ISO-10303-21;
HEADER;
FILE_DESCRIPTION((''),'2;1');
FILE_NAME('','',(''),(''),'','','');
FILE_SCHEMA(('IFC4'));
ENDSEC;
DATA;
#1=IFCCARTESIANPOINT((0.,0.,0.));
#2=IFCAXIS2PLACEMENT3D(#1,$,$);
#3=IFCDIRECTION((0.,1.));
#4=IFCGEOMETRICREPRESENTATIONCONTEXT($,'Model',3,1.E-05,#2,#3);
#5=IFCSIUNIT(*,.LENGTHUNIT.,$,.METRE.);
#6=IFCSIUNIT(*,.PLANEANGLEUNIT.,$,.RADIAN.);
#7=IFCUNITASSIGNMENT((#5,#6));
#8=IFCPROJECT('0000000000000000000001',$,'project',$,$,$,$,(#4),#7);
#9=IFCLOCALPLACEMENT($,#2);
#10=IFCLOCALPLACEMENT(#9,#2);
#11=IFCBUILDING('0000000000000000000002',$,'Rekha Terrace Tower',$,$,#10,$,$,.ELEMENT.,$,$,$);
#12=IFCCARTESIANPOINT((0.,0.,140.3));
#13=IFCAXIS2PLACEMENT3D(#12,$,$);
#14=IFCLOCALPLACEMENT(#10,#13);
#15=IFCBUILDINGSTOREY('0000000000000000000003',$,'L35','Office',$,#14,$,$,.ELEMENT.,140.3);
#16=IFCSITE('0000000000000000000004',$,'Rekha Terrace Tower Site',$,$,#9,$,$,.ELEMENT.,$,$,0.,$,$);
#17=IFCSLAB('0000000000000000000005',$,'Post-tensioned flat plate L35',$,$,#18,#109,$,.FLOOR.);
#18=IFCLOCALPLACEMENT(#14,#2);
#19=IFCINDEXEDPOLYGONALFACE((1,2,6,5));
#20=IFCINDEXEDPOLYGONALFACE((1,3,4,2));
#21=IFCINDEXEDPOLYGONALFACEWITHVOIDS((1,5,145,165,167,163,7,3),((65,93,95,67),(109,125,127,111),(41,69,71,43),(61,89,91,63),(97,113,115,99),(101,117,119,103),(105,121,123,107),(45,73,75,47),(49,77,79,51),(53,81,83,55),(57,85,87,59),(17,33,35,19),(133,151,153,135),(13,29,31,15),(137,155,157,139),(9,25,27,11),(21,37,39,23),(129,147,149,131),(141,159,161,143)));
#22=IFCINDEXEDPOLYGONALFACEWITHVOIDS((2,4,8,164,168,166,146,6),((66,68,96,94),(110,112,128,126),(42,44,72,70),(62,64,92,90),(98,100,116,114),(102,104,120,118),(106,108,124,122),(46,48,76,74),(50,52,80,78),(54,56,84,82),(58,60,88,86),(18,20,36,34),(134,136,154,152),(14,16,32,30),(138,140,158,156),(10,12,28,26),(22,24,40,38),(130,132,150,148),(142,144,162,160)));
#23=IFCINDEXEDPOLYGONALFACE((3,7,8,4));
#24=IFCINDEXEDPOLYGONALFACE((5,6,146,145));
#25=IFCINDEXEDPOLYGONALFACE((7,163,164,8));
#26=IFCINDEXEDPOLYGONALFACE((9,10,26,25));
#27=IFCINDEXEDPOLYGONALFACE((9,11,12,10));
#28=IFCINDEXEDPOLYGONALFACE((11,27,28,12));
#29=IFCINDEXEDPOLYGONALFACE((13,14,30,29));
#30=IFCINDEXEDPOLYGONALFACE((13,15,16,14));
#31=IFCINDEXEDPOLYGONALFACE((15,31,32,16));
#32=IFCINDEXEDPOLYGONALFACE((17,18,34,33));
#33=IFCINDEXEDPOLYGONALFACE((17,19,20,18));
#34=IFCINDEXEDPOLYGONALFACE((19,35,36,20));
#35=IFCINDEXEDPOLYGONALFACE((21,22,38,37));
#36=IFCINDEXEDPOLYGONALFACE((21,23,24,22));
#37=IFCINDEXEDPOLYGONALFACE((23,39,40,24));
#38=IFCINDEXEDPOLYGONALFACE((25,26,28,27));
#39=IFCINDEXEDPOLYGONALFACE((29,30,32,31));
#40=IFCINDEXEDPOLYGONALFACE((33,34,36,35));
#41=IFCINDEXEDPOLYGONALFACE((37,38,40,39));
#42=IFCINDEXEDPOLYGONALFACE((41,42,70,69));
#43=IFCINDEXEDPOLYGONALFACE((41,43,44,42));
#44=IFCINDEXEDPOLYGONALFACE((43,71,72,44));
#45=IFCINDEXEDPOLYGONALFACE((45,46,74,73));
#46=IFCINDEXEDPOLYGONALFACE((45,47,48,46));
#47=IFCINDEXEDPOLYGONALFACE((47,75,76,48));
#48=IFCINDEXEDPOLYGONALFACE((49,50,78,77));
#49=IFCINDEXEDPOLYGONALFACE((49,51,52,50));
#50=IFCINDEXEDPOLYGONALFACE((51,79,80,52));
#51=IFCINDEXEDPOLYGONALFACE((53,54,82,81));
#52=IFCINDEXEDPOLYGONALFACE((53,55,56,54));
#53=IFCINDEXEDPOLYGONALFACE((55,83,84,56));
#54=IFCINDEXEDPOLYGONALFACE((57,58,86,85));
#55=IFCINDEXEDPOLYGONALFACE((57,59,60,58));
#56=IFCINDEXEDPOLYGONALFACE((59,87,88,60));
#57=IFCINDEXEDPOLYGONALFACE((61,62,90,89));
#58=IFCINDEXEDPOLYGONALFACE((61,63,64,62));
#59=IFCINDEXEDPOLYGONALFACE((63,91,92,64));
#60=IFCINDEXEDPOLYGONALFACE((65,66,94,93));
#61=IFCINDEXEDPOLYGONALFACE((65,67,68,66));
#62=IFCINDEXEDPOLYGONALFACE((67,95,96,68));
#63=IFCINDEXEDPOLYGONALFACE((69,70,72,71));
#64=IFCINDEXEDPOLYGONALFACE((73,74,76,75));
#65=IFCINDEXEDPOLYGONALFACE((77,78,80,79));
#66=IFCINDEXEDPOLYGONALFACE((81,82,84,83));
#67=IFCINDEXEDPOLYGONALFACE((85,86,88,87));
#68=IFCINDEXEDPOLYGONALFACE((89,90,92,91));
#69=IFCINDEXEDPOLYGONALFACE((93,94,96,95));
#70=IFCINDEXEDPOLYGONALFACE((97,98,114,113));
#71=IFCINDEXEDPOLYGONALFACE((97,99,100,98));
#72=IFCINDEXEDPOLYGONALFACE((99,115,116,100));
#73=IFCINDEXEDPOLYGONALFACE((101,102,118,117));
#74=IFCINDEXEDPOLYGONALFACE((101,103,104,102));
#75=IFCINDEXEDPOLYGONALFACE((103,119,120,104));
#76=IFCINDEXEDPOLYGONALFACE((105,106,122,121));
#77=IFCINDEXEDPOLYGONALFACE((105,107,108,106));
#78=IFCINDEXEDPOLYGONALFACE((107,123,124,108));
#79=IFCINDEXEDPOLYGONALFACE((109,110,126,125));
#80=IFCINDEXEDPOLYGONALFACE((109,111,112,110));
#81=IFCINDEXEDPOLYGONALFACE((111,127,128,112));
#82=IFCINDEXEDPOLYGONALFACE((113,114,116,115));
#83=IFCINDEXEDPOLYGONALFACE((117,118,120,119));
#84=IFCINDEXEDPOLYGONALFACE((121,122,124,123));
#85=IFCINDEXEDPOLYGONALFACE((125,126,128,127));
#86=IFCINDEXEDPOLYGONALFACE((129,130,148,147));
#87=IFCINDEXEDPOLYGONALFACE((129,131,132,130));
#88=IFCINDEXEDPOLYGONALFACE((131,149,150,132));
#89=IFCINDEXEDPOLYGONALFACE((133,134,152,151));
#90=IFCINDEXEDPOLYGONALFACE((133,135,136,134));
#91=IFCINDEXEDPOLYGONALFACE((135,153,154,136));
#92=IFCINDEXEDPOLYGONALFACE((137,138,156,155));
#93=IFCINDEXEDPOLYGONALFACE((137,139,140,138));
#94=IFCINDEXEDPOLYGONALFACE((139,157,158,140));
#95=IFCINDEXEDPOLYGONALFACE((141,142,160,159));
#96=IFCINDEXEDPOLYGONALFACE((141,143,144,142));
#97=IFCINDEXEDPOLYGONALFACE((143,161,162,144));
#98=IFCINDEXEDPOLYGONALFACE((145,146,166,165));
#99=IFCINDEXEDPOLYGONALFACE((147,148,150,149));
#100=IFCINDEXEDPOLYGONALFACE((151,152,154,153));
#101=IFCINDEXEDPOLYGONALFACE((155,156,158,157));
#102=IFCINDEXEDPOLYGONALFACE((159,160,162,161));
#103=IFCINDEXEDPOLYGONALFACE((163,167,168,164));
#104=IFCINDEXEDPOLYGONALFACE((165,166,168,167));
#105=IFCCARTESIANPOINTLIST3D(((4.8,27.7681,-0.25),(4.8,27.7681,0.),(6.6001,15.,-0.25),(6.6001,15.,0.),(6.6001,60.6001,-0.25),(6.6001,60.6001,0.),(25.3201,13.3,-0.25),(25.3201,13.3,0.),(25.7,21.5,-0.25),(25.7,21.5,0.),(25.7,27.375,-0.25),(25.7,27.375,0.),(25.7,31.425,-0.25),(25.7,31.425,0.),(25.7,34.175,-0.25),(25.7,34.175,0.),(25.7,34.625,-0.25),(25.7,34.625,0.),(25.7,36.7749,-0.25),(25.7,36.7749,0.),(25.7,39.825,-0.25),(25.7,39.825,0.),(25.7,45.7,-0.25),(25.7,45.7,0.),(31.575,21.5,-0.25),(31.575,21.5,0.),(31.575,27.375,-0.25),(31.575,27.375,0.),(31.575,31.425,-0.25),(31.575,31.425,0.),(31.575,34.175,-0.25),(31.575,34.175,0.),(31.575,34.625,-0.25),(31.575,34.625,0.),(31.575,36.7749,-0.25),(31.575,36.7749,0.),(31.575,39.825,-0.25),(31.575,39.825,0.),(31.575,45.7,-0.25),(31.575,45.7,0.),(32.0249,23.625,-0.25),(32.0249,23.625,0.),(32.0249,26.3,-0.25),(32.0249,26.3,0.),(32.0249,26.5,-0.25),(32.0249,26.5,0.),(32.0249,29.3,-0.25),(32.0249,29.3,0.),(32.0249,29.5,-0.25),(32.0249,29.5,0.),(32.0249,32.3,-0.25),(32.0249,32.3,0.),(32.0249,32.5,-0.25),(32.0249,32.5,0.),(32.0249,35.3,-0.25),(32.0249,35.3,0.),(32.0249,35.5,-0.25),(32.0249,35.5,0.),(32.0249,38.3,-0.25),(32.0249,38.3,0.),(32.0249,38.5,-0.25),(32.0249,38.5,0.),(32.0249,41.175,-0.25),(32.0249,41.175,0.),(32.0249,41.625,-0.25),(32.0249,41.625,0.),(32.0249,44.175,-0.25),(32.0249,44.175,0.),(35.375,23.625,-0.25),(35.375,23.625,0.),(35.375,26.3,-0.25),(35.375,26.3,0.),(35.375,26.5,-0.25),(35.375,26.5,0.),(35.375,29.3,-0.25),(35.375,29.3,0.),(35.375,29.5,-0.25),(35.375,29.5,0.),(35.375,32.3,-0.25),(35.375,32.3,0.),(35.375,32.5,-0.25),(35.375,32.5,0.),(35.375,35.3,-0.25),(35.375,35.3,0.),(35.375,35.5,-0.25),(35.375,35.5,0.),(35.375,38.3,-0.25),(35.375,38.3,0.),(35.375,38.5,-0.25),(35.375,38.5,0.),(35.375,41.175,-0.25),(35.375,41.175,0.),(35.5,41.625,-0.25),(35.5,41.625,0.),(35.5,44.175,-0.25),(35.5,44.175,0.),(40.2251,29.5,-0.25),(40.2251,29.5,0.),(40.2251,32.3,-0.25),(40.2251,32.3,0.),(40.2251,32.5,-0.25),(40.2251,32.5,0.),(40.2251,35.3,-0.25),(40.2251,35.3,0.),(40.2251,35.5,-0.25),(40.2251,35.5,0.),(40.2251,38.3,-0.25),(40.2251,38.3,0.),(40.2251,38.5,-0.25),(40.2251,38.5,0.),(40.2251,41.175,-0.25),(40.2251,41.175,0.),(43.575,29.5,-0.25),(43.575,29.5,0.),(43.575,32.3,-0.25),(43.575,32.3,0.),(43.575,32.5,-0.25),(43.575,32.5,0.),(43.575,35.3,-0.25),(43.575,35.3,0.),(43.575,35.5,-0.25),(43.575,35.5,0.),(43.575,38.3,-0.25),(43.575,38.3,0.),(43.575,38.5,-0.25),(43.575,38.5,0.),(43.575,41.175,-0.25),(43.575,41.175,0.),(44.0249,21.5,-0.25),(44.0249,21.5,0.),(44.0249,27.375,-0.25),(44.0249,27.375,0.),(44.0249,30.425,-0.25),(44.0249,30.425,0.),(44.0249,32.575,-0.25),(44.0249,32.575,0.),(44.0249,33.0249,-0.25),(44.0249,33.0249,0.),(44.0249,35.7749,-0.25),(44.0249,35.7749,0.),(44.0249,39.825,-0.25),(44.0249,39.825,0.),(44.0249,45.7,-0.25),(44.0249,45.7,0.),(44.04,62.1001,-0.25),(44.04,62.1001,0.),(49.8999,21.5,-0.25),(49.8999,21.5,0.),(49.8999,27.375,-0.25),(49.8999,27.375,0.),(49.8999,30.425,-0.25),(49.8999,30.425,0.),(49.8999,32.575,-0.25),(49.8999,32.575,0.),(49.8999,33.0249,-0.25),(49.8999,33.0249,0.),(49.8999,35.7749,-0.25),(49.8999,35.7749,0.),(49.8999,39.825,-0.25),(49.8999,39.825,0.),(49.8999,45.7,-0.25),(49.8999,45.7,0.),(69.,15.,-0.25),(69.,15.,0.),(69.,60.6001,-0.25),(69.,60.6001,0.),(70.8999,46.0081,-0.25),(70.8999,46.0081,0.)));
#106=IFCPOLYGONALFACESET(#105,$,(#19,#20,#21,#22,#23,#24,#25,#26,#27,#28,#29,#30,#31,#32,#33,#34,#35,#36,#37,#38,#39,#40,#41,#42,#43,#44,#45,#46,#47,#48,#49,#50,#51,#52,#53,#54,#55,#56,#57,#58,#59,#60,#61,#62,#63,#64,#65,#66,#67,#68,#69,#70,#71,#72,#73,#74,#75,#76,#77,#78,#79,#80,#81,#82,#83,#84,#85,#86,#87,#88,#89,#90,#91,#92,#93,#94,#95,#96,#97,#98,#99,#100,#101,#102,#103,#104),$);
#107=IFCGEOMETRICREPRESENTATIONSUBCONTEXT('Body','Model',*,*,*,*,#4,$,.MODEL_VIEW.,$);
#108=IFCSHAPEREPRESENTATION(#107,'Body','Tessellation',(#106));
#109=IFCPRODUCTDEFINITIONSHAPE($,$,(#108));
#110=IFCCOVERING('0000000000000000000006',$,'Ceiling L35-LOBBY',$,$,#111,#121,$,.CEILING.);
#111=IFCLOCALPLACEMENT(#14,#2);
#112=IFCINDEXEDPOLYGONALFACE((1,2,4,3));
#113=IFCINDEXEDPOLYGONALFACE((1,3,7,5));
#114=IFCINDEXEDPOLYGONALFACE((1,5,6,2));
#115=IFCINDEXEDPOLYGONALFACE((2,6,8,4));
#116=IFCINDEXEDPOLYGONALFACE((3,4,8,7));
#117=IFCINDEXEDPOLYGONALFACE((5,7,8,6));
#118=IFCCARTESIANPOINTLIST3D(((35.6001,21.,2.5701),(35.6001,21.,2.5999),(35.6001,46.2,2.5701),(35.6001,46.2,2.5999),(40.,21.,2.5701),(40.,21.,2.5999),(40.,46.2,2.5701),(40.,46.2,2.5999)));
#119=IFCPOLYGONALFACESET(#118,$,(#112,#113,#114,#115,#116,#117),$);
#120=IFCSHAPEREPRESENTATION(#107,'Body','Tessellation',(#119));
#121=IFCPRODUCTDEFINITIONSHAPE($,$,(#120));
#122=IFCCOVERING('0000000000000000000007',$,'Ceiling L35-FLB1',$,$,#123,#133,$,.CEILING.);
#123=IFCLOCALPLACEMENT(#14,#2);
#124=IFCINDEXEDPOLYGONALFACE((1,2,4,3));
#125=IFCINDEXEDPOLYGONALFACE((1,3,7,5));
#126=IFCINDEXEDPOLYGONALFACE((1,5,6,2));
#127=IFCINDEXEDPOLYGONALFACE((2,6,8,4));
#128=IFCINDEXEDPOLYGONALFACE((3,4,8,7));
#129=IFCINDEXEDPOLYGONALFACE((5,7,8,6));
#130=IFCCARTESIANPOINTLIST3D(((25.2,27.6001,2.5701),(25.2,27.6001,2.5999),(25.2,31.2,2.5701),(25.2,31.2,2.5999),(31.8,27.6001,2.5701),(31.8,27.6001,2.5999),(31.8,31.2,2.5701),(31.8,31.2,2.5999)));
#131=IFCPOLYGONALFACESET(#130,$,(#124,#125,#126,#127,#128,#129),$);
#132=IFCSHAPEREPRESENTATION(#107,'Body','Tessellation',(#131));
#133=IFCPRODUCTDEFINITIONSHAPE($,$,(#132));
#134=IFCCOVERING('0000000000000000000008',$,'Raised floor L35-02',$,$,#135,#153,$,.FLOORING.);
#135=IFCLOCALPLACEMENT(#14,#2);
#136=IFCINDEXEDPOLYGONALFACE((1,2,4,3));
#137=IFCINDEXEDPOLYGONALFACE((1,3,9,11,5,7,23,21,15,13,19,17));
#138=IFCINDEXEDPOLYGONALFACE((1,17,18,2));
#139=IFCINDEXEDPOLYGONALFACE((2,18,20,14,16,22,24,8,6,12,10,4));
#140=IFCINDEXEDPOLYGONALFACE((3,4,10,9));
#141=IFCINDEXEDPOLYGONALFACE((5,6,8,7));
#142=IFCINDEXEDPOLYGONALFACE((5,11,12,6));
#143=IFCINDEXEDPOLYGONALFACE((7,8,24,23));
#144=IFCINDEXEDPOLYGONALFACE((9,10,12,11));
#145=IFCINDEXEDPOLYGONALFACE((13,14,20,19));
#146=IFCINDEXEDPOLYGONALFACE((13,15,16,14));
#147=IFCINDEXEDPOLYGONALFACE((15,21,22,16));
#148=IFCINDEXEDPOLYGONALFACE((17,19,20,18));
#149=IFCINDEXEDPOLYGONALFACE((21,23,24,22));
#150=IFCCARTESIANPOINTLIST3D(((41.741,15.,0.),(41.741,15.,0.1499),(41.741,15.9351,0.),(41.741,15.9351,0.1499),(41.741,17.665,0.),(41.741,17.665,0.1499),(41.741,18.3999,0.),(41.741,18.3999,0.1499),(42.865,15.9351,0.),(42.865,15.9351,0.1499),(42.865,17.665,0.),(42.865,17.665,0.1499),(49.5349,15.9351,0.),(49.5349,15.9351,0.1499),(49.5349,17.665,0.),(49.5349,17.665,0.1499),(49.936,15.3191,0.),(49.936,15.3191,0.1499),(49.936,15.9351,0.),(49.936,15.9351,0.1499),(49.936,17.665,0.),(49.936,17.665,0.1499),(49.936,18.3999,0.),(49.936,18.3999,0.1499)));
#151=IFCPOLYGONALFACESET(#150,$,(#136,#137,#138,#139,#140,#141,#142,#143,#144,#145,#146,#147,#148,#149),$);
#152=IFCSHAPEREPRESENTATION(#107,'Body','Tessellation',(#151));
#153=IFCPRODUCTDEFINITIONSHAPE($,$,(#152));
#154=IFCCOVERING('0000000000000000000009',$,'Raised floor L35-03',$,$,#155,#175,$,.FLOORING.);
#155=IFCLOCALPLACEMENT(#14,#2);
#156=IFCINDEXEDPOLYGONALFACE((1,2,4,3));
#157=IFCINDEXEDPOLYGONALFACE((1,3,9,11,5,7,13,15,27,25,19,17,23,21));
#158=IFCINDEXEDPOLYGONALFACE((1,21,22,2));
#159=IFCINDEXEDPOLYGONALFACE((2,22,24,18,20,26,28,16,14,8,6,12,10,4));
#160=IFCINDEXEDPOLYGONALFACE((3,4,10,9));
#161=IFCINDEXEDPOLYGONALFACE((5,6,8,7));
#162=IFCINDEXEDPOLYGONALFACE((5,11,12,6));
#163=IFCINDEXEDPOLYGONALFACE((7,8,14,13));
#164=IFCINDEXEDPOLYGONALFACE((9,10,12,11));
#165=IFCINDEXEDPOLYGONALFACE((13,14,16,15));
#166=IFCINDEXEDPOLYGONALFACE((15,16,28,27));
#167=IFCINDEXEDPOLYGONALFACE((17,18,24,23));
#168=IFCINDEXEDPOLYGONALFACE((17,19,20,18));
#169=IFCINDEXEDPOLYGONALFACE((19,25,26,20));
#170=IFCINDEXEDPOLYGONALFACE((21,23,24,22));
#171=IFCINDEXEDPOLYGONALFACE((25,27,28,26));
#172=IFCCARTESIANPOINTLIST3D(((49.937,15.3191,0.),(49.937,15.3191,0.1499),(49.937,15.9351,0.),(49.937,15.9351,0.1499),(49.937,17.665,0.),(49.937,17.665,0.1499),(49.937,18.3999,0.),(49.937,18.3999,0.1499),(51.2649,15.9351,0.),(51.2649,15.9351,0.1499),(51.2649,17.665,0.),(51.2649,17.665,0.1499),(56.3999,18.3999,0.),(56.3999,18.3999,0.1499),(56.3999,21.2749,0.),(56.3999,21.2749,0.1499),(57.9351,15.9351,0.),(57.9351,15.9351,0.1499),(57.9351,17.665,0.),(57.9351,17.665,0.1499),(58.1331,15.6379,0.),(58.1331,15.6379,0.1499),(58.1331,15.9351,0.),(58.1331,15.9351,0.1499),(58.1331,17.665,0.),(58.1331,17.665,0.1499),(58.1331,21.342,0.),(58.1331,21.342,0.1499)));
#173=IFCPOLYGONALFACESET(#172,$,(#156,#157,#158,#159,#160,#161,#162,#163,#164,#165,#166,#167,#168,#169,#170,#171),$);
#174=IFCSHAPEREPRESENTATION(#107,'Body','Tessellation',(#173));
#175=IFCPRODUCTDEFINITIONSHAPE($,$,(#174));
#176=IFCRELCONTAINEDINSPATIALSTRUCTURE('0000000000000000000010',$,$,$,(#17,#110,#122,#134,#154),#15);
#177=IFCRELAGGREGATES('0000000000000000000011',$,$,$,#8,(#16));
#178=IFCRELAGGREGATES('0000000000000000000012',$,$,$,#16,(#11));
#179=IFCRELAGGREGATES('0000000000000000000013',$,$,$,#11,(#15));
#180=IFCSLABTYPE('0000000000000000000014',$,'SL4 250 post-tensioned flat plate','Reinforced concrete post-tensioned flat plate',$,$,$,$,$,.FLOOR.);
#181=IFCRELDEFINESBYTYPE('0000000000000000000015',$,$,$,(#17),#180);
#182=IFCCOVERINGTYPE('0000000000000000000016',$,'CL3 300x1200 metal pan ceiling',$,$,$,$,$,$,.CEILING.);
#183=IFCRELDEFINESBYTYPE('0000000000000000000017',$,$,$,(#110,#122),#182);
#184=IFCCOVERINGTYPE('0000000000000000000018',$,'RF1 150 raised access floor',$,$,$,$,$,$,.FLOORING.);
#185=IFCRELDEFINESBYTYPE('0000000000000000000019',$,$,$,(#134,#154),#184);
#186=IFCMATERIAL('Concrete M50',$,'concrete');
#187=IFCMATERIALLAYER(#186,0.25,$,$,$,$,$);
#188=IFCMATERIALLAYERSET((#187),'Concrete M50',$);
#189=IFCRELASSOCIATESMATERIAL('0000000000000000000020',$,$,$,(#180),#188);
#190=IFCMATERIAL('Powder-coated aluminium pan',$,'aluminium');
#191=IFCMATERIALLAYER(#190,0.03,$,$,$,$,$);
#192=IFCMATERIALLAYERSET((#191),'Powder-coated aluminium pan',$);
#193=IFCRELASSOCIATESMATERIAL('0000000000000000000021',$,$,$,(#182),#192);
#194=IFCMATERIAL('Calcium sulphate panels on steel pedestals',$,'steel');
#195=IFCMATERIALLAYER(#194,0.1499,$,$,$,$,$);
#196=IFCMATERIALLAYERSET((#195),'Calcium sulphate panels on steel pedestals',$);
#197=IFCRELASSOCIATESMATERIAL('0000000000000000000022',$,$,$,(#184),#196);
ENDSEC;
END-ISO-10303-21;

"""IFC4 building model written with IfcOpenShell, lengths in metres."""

from ifc_helpers import new_model, si_unit, direction, frame, origin, place, context, subcontext, project, spatial, polyline, outline, extrude, material, layer, layer_set, type_object, element, save


model = new_model("IFC4")

# Units and contexts
model_context = context("Model", 3, precision=1e-05, world=origin(), true_north=direction((0.0, 1.0)))
body_context = subcontext(model_context, "Body", "Model", "MODEL_VIEW")
ifc_project = project(units=[si_unit("LENGTHUNIT", "METRE"), si_unit("PLANEANGLEUNIT", "RADIAN")], contexts=[model_context])

# Site, building, storey
site_placement = place(None, origin())
site = spatial("IfcSite", under=ifc_project, at=site_placement, Name="Rekha Terrace Tower Site", CompositionType="ELEMENT", RefElevation=0.0)
building_placement = place(site_placement, origin())
building = spatial("IfcBuilding", under=site, at=building_placement, Name="Rekha Terrace Tower", CompositionType="ELEMENT")
storey_placement = place(building_placement, frame((0.0, 0.0, 140.3)))
storey = spatial("IfcBuildingStorey", under=building, at=storey_placement, Name="L35", Description="Office", CompositionType="ELEMENT", Elevation=140.3)

# Slab
ifc_material_1 = material(Name="Concrete M50", Category="concrete")
ifc_layer_1 = layer(ifc_material_1, 0.25)
ifc_layer_set_1 = layer_set([ifc_layer_1], Name="Concrete M50")
slab_type_1 = type_object("IfcSlabType", Name="SL4 250 post-tensioned flat plate", Description="Reinforced concrete post-tensioned flat plate", PredefinedType="FLOOR", material=ifc_layer_set_1)
slab_1_placement = place(storey_placement, frame((0.0, 0.0, -0.25)))
element("IfcSlab", 1, at=slab_1_placement, inside=storey, type_object=slab_type_1, Name="Post-tensioned flat plate L35", PredefinedType="FLOOR", context=body_context, shape_type="SweptSolid", body=[
    extrude(outline(polyline([(4.8, 27.7681), (6.6001, 15.0), (25.3201, 13.3), (69.0, 15.0), (70.8999, 46.0081), (69.0, 60.6001), (44.04, 62.1001), (6.6001, 60.6001), (4.8, 27.7681)]), holes=[polyline([(31.575, 27.375), (31.575, 21.5), (25.7, 21.5), (25.7, 27.375), (31.575, 27.375)]), polyline([(35.375, 26.3), (35.375, 23.625), (32.0249, 23.625), (32.0249, 26.3), (35.375, 26.3)]), polyline([(35.375, 29.3), (35.375, 26.5), (32.0249, 26.5), (32.0249, 29.3), (35.375, 29.3)]), polyline([(35.375, 32.3), (35.375, 29.5), (32.0249, 29.5), (32.0249, 32.3), (35.375, 32.3)]), polyline([(31.575, 34.175), (31.575, 31.425), (25.7, 31.425), (25.7, 34.175), (31.575, 34.175)]), polyline([(35.375, 35.3), (35.375, 32.5), (32.0249, 32.5), (32.0249, 35.3), (35.375, 35.3)]), polyline([(31.575, 36.7749), (31.575, 34.625), (25.7, 34.625), (25.7, 36.7749), (31.575, 36.7749)]), polyline([(35.375, 35.5), (32.0249, 35.5), (32.0249, 38.3), (35.375, 38.3), (35.375, 35.5)]), polyline([(35.375, 38.5), (32.0249, 38.5), (32.0249, 41.175), (35.375, 41.175), (35.375, 38.5)]), polyline([(31.575, 45.7), (31.575, 39.825), (25.7, 39.825), (25.7, 45.7), (31.575, 45.7)]), polyline([(49.8999, 27.375), (49.8999, 21.5), (44.0249, 21.5), (44.0249, 27.375), (49.8999, 27.375)]), polyline([(43.575, 32.3), (43.575, 29.5), (40.2251, 29.5), (40.2251, 32.3), (43.575, 32.3)]), polyline([(49.8999, 30.425), (44.0249, 30.425), (44.0249, 32.575), (49.8999, 32.575), (49.8999, 30.425)]), polyline([(43.575, 32.5), (40.2251, 32.5), (40.2251, 35.3), (43.575, 35.3), (43.575, 32.5)]), polyline([(49.8999, 35.7749), (49.8999, 33.0249), (44.0249, 33.0249), (44.0249, 35.7749), (49.8999, 35.7749)]), polyline([(43.575, 38.3), (43.575, 35.5), (40.2251, 35.5), (40.2251, 38.3), (43.575, 38.3)]), polyline([(43.575, 41.175), (43.575, 38.5), (40.2251, 38.5), (40.2251, 41.175), (43.575, 41.175)]), polyline([(49.8999, 39.825), (44.0249, 39.825), (44.0249, 45.7), (49.8999, 45.7), (49.8999, 39.825)]), polyline([(35.5, 41.625), (32.0249, 41.625), (32.0249, 44.175), (35.5, 44.175), (35.5, 41.625)])]), origin(), (0.0, 0.0, 1.0), 0.25),
])

# Coverings
ifc_material_2 = material(Name="Powder-coated aluminium pan", Category="aluminium")
ifc_layer_2 = layer(ifc_material_2, 0.03)
ifc_layer_set_2 = layer_set([ifc_layer_2], Name="Powder-coated aluminium pan")
covering_type_1 = type_object("IfcCoveringType", Name="CL3 300x1200 metal pan ceiling", PredefinedType="CEILING", material=ifc_layer_set_2)
covering_1_placement = place(storey_placement, frame((0.0, 0.0, 2.5701)))
element("IfcCovering", 2, at=covering_1_placement, inside=storey, type_object=covering_type_1, Name="Ceiling L35-LOBBY", PredefinedType="CEILING", context=body_context, shape_type="SweptSolid", body=[
    extrude(outline(polyline([(40.0, 46.2), (35.6001, 46.2), (35.6001, 21.0), (40.0, 21.0), (40.0, 46.2)])), origin(), (0.0, 0.0, 1.0), 0.0298),
])
covering_2_placement = place(storey_placement, frame((0.0, 0.0, 2.5701)))
element("IfcCovering", 3, at=covering_2_placement, inside=storey, type_object=covering_type_1, Name="Ceiling L35-FLB1", PredefinedType="CEILING", context=body_context, shape_type="SweptSolid", body=[
    extrude(outline(polyline([(31.8, 31.2), (25.2, 31.2), (25.2, 27.6001), (31.8, 27.6001), (31.8, 31.2)])), origin(), (0.0, 0.0, 1.0), 0.0298),
])
ifc_material_3 = material(Name="Calcium sulphate panels on steel pedestals", Category="steel")
ifc_layer_3 = layer(ifc_material_3, 0.1499)
ifc_layer_set_3 = layer_set([ifc_layer_3], Name="Calcium sulphate panels on steel pedestals")
covering_type_2 = type_object("IfcCoveringType", Name="RF1 150 raised access floor", PredefinedType="FLOORING", material=ifc_layer_set_3)
covering_3_placement = place(storey_placement, origin())
element("IfcCovering", 4, at=covering_3_placement, inside=storey, type_object=covering_type_2, Name="Raised floor L35-02", PredefinedType="FLOORING", context=body_context, shape_type="SweptSolid", body=[
    extrude(outline(polyline([(41.741, 15.9351), (41.741, 15.0), (49.936, 15.3191), (49.936, 15.9351), (49.5349, 15.9351), (49.5349, 17.665), (49.936, 17.665), (49.936, 18.3999), (41.741, 18.3999), (41.741, 17.665), (42.865, 17.665), (42.865, 15.9351), (41.741, 15.9351)])), origin(), (0.0, 0.0, 1.0), 0.1499),
])
covering_4_placement = place(storey_placement, origin())
element("IfcCovering", 5, at=covering_4_placement, inside=storey, type_object=covering_type_2, Name="Raised floor L35-03", PredefinedType="FLOORING", context=body_context, shape_type="SweptSolid", body=[
    extrude(outline(polyline([(58.1331, 17.665), (58.1331, 21.342), (56.3999, 21.2749), (56.3999, 18.3999), (49.937, 18.3999), (49.937, 17.665), (51.2649, 17.665), (51.2649, 15.9351), (49.937, 15.9351), (49.937, 15.3191), (58.1331, 15.6379), (58.1331, 15.9351), (57.9351, 15.9351), (57.9351, 17.665), (58.1331, 17.665)])), origin(), (0.0, 0.0, 1.0), 0.1499),
])

save(model, "model.ifc")
